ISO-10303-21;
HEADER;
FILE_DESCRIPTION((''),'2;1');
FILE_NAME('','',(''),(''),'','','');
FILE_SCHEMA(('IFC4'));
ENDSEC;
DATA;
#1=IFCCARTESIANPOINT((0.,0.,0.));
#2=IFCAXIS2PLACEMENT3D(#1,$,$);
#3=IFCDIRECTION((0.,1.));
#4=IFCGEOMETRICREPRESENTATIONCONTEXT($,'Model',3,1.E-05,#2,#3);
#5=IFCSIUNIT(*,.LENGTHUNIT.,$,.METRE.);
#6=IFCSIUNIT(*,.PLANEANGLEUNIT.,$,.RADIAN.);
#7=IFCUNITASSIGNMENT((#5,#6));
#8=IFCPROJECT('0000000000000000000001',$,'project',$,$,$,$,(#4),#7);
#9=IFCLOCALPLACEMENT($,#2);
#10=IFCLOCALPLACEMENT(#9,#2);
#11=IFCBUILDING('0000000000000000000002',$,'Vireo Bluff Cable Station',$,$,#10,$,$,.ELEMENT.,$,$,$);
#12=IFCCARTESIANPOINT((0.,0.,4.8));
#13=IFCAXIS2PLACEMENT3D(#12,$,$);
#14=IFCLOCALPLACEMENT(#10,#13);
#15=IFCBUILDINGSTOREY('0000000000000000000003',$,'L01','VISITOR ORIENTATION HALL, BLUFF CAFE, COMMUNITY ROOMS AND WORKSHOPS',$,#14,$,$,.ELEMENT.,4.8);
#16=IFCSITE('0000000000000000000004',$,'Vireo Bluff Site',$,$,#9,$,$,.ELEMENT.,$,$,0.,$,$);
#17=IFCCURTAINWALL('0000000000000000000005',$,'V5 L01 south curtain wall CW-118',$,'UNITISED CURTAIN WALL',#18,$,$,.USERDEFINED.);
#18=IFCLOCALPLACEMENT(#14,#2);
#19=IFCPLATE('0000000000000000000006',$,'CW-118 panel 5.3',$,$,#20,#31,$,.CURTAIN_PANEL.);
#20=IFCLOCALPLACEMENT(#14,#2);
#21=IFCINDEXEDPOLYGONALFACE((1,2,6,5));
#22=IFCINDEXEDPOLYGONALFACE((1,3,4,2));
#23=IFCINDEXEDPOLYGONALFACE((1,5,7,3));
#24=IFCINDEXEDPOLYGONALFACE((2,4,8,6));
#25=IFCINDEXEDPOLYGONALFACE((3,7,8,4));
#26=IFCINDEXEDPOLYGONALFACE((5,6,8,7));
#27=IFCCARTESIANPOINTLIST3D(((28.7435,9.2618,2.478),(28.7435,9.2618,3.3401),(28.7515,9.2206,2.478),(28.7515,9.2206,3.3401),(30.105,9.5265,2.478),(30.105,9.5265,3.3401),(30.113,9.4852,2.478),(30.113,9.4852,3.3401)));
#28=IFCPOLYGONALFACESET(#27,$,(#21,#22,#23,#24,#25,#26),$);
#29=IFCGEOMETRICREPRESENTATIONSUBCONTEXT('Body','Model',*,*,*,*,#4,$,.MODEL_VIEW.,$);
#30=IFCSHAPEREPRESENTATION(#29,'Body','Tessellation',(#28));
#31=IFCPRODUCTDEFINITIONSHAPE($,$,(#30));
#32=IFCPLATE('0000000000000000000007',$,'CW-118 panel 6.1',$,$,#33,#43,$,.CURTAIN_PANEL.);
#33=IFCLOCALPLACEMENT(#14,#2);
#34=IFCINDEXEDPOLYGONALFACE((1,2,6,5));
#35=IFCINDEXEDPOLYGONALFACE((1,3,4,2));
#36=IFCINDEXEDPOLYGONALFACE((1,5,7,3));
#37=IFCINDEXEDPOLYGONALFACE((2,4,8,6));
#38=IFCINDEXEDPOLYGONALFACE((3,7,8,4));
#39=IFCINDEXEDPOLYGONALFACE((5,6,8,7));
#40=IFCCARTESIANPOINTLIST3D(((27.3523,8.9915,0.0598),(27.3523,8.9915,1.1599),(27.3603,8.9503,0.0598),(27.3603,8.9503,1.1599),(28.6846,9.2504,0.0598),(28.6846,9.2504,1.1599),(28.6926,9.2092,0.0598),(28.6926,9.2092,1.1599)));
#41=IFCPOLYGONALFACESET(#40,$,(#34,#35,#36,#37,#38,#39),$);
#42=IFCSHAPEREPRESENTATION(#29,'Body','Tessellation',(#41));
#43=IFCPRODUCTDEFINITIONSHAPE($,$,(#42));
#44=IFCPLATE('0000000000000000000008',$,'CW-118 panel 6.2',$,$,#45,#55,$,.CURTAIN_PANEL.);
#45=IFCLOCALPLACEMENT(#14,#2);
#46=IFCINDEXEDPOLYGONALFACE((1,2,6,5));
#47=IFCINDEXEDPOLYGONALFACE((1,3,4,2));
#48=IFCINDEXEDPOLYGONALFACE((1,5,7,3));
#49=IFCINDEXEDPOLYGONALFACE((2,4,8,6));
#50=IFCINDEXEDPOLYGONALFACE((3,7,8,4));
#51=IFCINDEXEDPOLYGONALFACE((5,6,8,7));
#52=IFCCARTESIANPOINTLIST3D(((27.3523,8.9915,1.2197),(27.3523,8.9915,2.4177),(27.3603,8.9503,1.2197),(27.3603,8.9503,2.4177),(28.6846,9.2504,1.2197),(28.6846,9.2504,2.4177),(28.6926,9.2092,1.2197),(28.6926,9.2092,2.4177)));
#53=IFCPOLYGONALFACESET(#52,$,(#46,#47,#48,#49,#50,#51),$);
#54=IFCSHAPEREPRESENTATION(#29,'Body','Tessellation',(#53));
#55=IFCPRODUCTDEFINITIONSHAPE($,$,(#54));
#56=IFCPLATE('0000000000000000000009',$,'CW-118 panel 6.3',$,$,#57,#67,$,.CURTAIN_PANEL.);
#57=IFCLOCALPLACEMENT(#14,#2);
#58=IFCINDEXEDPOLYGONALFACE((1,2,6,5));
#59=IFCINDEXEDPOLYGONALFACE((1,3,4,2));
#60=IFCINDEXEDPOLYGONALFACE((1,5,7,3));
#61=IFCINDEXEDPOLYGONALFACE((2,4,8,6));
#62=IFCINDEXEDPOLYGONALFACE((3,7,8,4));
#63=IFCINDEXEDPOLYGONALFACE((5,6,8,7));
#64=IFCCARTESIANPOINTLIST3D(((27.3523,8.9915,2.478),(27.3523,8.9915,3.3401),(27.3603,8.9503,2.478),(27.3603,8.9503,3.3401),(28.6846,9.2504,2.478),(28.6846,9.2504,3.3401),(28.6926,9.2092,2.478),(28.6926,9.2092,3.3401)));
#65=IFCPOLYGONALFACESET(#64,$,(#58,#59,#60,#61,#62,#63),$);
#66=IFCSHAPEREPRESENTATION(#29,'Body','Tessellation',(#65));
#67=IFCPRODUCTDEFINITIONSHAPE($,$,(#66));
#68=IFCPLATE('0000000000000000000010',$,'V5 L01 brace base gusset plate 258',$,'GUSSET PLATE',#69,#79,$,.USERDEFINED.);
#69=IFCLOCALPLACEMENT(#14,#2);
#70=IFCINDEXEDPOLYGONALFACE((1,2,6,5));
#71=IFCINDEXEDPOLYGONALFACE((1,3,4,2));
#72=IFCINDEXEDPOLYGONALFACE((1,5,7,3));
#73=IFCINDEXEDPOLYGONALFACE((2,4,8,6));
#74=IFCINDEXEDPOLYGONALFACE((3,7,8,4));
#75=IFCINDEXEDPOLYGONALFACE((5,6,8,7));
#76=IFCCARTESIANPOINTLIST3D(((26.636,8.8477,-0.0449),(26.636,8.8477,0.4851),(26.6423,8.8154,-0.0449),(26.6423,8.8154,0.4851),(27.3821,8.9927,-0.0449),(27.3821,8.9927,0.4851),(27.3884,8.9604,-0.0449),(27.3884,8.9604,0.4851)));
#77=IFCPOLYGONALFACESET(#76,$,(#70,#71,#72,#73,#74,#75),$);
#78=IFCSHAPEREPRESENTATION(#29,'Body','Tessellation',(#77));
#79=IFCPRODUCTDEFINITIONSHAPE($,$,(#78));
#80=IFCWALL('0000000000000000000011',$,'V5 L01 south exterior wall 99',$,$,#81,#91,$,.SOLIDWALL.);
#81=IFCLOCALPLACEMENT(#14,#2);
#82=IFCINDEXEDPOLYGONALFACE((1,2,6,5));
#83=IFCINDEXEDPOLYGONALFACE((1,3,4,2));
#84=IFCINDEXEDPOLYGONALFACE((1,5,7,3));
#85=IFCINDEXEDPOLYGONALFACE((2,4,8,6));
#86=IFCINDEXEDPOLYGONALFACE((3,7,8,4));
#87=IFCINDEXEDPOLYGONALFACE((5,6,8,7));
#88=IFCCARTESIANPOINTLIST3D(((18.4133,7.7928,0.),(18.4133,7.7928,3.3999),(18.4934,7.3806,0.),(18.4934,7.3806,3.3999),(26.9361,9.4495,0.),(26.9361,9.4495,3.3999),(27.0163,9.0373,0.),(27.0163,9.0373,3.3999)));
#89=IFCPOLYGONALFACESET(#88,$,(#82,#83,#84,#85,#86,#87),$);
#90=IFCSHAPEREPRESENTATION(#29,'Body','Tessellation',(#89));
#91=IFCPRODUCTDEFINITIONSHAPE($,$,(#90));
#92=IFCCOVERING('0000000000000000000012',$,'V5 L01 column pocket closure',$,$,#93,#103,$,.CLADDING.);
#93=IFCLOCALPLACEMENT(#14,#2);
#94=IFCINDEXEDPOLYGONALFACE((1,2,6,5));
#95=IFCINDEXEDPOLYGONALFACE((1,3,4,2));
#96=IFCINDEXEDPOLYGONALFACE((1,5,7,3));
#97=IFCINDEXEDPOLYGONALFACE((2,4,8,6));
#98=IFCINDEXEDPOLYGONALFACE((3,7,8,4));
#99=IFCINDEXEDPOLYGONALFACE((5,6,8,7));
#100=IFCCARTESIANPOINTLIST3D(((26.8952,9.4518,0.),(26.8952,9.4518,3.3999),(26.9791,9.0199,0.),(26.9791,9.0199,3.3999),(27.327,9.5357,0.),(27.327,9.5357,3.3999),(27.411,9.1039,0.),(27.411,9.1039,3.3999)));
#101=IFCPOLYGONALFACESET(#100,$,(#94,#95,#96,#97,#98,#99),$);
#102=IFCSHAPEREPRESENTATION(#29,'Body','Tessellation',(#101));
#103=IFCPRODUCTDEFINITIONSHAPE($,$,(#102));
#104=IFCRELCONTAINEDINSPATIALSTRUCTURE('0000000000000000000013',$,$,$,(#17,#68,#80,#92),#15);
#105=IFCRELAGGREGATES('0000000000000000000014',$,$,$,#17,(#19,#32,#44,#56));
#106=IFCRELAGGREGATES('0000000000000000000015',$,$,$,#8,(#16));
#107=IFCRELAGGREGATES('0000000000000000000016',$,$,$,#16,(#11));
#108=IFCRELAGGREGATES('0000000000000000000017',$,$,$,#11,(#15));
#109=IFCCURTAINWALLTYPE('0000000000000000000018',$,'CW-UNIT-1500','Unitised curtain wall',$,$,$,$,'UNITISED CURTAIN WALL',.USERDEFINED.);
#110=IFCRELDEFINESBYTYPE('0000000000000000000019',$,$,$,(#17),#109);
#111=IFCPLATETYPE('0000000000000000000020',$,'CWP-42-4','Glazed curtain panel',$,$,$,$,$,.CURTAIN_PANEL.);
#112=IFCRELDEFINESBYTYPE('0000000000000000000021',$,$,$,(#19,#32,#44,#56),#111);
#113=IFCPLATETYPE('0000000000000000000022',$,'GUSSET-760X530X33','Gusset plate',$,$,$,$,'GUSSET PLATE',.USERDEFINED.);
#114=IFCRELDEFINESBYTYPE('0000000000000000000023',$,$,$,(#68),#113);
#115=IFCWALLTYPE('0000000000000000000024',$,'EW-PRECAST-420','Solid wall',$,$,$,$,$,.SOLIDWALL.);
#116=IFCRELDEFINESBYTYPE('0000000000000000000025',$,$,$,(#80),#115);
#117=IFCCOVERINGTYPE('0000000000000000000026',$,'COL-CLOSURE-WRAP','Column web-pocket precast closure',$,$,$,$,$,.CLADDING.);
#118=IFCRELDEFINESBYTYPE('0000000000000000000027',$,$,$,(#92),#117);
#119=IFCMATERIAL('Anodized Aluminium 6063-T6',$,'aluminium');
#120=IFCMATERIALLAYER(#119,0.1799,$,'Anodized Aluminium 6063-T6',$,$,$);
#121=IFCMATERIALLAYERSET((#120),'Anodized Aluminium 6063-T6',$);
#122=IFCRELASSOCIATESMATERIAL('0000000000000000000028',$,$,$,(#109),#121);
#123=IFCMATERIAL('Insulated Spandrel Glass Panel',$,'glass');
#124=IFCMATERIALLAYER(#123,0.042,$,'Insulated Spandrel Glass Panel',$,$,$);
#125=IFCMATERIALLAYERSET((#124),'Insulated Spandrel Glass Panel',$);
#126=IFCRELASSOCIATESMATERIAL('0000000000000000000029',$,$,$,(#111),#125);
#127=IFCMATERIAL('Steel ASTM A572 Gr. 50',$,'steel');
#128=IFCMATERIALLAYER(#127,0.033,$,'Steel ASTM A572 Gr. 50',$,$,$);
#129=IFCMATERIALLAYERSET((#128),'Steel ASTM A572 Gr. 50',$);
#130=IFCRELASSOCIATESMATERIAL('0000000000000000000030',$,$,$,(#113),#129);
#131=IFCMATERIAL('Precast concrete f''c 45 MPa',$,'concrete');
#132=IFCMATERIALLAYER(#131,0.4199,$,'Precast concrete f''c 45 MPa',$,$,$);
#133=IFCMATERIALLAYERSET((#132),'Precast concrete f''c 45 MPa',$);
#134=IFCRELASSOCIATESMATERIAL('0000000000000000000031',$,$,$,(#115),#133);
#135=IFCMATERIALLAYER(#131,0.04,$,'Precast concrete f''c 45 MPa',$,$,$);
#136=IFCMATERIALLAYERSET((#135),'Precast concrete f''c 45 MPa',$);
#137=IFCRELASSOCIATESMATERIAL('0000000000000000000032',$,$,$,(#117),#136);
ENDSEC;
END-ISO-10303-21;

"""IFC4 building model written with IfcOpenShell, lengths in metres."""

from ifc_helpers import new_model, si_unit, direction, frame, frame_2d, origin, origin_2d, place, context, subcontext, project, spatial, rectangle, extrude, material, layer, layer_set, type_object, element, aggregate, save


model = new_model("IFC4")

# Units and contexts
model_context = context("Model", 3, precision=1e-05, world=origin(), true_north=direction((0.0, 1.0)))
body_context = subcontext(model_context, "Body", "Model", "MODEL_VIEW")
ifc_project = project(units=[si_unit("LENGTHUNIT", "METRE"), si_unit("PLANEANGLEUNIT", "RADIAN")], contexts=[model_context])

# Site, building, storey
site_placement = place(None, origin())
site = spatial("IfcSite", under=ifc_project, at=site_placement, Name="Vireo Bluff Site", CompositionType="ELEMENT", RefElevation=0.0)
building_placement = place(site_placement, origin())
building = spatial("IfcBuilding", under=site, at=building_placement, Name="Vireo Bluff Cable Station", CompositionType="ELEMENT")
storey_placement = place(building_placement, frame((0.0, 0.0, 4.8)))
storey = spatial("IfcBuildingStorey", under=building, at=storey_placement, Name="L01", Description="VISITOR ORIENTATION HALL, BLUFF CAFE, COMMUNITY ROOMS AND WORKSHOPS", CompositionType="ELEMENT", Elevation=4.8)

# Curtain wall
ifc_material_1 = material(Name="Anodized Aluminium 6063-T6", Category="aluminium")
ifc_layer_1 = layer(ifc_material_1, 0.1799, Name="Anodized Aluminium 6063-T6")
ifc_layer_set_1 = layer_set([ifc_layer_1], Name="Anodized Aluminium 6063-T6")
curtain_wall_type = type_object("IfcCurtainWallType", Name="CW-UNIT-1500", Description="Unitised curtain wall", ElementType="UNITISED CURTAIN WALL", PredefinedType="USERDEFINED", material=ifc_layer_set_1)
curtain_wall_placement = place(storey_placement, origin())
curtain_wall = element("IfcCurtainWall", 1, at=curtain_wall_placement, inside=storey, type_object=curtain_wall_type, Name="V5 L01 south curtain wall CW-118", ObjectType="UNITISED CURTAIN WALL", PredefinedType="USERDEFINED")

# Plates
ifc_material_2 = material(Name="Insulated Spandrel Glass Panel", Category="glass")
ifc_layer_2 = layer(ifc_material_2, 0.042, Name="Insulated Spandrel Glass Panel")
ifc_layer_set_2 = layer_set([ifc_layer_2], Name="Insulated Spandrel Glass Panel")
plate_type_1 = type_object("IfcPlateType", Name="CWP-42-4", Description="Glazed curtain panel", PredefinedType="CURTAIN_PANEL", material=ifc_layer_set_2)
plate_1_placement = place(storey_placement, frame((29.4282, 9.3735, 2.478), z_axis=(0.0, 0.0, 1.0), x_axis=(-0.981627, -0.190809, 0.0)))
plate_1 = element("IfcPlate", 2, at=plate_1_placement, type_object=plate_type_1, Name="CW-118 panel 5.3", PredefinedType="CURTAIN_PANEL", context=body_context, shape_type="SweptSolid", body=[
    extrude(rectangle(XDim=1.387, YDim=0.042, at=origin_2d()), origin(), (0.0, 0.0, 1.0), 0.8621),
])
plate_2_placement = place(storey_placement, frame((28.0225, 9.1003, 0.0598), z_axis=(0.0, 0.0, 1.0), x_axis=(-0.981627, -0.190809, 0.0)))
plate_2 = element("IfcPlate", 3, at=plate_2_placement, type_object=plate_type_1, Name="CW-118 panel 6.1", PredefinedType="CURTAIN_PANEL", context=body_context, shape_type="SweptSolid", body=[
    extrude(rectangle(XDim=1.3572, YDim=0.042, at=origin_2d()), origin(), (0.0, 0.0, 1.0), 1.1001),
])
plate_3_placement = place(storey_placement, frame((28.0225, 9.1003, 1.2197), z_axis=(0.0, 0.0, 1.0), x_axis=(-0.981627, -0.190809, 0.0)))
plate_3 = element("IfcPlate", 4, at=plate_3_placement, type_object=plate_type_1, Name="CW-118 panel 6.2", PredefinedType="CURTAIN_PANEL", context=body_context, shape_type="SweptSolid", body=[
    extrude(rectangle(XDim=1.3572, YDim=0.042, at=origin_2d()), origin(), (0.0, 0.0, 1.0), 1.198),
])
plate_4_placement = place(storey_placement, frame((28.0225, 9.1003, 2.478), z_axis=(0.0, 0.0, 1.0), x_axis=(-0.981627, -0.190809, 0.0)))
plate_4 = element("IfcPlate", 5, at=plate_4_placement, type_object=plate_type_1, Name="CW-118 panel 6.3", PredefinedType="CURTAIN_PANEL", context=body_context, shape_type="SweptSolid", body=[
    extrude(rectangle(XDim=1.3572, YDim=0.042, at=origin_2d()), origin(), (0.0, 0.0, 1.0), 0.8621),
])
aggregate(curtain_wall, [plate_1, plate_2, plate_3, plate_4])
ifc_material_3 = material(Name="Steel ASTM A572 Gr. 50", Category="steel")
ifc_layer_3 = layer(ifc_material_3, 0.033, Name="Steel ASTM A572 Gr. 50")
ifc_layer_set_3 = layer_set([ifc_layer_3], Name="Steel ASTM A572 Gr. 50")
plate_type_2 = type_object("IfcPlateType", Name="GUSSET-760X530X33", Description="Gusset plate", ElementType="GUSSET PLATE", PredefinedType="USERDEFINED", material=ifc_layer_set_3)
plate_5_placement = place(storey_placement, frame((27.0122, 8.9041, -0.0449), z_axis=(0.0, 0.0, 1.0), x_axis=(0.981627, 0.190809, 0.0)))
element("IfcPlate", 6, at=plate_5_placement, inside=storey, type_object=plate_type_2, Name="V5 L01 brace base gusset plate 258", ObjectType="GUSSET PLATE", PredefinedType="USERDEFINED", context=body_context, shape_type="SweptSolid", body=[
    extrude(rectangle(XDim=0.76, YDim=0.033, at=origin_2d()), origin(), (0.0, 0.0, 1.0), 0.53),
])

# Wall
ifc_material_4 = material(Name="Precast concrete f'c 45 MPa", Category="concrete")
ifc_layer_4 = layer(ifc_material_4, 0.4199, Name="Precast concrete f'c 45 MPa")
ifc_layer_set_4 = layer_set([ifc_layer_4], Name="Precast concrete f'c 45 MPa")
wall_type = type_object("IfcWallType", Name="EW-PRECAST-420", Description="Solid wall", PredefinedType="SOLIDWALL", material=ifc_layer_set_4)
wall_placement = place(storey_placement, frame((26.9763, 9.2434, 0.0), z_axis=(0.0, 0.0, 1.0), x_axis=(-0.981626, -0.190814, 0.0)))
element("IfcWall", 7, at=wall_placement, inside=storey, type_object=wall_type, Name="V5 L01 south exterior wall 99", PredefinedType="SOLIDWALL", context=body_context, shape_type="SweptSolid", body=[
    extrude(rectangle(XDim=8.6824, YDim=0.4199, at=frame_2d((4.3413, 0.0))), origin(), (0.0, 0.0, 1.0), 3.3999),
])

# Covering
ifc_layer_5 = layer(ifc_material_4, 0.04, Name="Precast concrete f'c 45 MPa")
ifc_layer_set_5 = layer_set([ifc_layer_5], Name="Precast concrete f'c 45 MPa")
covering_type = type_object("IfcCoveringType", Name="COL-CLOSURE-WRAP", Description="Column web-pocket precast closure", PredefinedType="CLADDING", material=ifc_layer_set_5)
covering_placement = place(storey_placement, frame((27.1531, 9.2778, 0.0), z_axis=(0.0, 0.0, 1.0), x_axis=(0.981627, 0.190809, 0.0)))
element("IfcCovering", 8, at=covering_placement, inside=storey, type_object=covering_type, Name="V5 L01 column pocket closure", PredefinedType="CLADDING", context=body_context, shape_type="SweptSolid", body=[
    extrude(rectangle(XDim=0.4399, YDim=0.4399, at=origin_2d()), origin(), (0.0, 0.0, 1.0), 3.3999),
])

save(model, "model.ifc")
